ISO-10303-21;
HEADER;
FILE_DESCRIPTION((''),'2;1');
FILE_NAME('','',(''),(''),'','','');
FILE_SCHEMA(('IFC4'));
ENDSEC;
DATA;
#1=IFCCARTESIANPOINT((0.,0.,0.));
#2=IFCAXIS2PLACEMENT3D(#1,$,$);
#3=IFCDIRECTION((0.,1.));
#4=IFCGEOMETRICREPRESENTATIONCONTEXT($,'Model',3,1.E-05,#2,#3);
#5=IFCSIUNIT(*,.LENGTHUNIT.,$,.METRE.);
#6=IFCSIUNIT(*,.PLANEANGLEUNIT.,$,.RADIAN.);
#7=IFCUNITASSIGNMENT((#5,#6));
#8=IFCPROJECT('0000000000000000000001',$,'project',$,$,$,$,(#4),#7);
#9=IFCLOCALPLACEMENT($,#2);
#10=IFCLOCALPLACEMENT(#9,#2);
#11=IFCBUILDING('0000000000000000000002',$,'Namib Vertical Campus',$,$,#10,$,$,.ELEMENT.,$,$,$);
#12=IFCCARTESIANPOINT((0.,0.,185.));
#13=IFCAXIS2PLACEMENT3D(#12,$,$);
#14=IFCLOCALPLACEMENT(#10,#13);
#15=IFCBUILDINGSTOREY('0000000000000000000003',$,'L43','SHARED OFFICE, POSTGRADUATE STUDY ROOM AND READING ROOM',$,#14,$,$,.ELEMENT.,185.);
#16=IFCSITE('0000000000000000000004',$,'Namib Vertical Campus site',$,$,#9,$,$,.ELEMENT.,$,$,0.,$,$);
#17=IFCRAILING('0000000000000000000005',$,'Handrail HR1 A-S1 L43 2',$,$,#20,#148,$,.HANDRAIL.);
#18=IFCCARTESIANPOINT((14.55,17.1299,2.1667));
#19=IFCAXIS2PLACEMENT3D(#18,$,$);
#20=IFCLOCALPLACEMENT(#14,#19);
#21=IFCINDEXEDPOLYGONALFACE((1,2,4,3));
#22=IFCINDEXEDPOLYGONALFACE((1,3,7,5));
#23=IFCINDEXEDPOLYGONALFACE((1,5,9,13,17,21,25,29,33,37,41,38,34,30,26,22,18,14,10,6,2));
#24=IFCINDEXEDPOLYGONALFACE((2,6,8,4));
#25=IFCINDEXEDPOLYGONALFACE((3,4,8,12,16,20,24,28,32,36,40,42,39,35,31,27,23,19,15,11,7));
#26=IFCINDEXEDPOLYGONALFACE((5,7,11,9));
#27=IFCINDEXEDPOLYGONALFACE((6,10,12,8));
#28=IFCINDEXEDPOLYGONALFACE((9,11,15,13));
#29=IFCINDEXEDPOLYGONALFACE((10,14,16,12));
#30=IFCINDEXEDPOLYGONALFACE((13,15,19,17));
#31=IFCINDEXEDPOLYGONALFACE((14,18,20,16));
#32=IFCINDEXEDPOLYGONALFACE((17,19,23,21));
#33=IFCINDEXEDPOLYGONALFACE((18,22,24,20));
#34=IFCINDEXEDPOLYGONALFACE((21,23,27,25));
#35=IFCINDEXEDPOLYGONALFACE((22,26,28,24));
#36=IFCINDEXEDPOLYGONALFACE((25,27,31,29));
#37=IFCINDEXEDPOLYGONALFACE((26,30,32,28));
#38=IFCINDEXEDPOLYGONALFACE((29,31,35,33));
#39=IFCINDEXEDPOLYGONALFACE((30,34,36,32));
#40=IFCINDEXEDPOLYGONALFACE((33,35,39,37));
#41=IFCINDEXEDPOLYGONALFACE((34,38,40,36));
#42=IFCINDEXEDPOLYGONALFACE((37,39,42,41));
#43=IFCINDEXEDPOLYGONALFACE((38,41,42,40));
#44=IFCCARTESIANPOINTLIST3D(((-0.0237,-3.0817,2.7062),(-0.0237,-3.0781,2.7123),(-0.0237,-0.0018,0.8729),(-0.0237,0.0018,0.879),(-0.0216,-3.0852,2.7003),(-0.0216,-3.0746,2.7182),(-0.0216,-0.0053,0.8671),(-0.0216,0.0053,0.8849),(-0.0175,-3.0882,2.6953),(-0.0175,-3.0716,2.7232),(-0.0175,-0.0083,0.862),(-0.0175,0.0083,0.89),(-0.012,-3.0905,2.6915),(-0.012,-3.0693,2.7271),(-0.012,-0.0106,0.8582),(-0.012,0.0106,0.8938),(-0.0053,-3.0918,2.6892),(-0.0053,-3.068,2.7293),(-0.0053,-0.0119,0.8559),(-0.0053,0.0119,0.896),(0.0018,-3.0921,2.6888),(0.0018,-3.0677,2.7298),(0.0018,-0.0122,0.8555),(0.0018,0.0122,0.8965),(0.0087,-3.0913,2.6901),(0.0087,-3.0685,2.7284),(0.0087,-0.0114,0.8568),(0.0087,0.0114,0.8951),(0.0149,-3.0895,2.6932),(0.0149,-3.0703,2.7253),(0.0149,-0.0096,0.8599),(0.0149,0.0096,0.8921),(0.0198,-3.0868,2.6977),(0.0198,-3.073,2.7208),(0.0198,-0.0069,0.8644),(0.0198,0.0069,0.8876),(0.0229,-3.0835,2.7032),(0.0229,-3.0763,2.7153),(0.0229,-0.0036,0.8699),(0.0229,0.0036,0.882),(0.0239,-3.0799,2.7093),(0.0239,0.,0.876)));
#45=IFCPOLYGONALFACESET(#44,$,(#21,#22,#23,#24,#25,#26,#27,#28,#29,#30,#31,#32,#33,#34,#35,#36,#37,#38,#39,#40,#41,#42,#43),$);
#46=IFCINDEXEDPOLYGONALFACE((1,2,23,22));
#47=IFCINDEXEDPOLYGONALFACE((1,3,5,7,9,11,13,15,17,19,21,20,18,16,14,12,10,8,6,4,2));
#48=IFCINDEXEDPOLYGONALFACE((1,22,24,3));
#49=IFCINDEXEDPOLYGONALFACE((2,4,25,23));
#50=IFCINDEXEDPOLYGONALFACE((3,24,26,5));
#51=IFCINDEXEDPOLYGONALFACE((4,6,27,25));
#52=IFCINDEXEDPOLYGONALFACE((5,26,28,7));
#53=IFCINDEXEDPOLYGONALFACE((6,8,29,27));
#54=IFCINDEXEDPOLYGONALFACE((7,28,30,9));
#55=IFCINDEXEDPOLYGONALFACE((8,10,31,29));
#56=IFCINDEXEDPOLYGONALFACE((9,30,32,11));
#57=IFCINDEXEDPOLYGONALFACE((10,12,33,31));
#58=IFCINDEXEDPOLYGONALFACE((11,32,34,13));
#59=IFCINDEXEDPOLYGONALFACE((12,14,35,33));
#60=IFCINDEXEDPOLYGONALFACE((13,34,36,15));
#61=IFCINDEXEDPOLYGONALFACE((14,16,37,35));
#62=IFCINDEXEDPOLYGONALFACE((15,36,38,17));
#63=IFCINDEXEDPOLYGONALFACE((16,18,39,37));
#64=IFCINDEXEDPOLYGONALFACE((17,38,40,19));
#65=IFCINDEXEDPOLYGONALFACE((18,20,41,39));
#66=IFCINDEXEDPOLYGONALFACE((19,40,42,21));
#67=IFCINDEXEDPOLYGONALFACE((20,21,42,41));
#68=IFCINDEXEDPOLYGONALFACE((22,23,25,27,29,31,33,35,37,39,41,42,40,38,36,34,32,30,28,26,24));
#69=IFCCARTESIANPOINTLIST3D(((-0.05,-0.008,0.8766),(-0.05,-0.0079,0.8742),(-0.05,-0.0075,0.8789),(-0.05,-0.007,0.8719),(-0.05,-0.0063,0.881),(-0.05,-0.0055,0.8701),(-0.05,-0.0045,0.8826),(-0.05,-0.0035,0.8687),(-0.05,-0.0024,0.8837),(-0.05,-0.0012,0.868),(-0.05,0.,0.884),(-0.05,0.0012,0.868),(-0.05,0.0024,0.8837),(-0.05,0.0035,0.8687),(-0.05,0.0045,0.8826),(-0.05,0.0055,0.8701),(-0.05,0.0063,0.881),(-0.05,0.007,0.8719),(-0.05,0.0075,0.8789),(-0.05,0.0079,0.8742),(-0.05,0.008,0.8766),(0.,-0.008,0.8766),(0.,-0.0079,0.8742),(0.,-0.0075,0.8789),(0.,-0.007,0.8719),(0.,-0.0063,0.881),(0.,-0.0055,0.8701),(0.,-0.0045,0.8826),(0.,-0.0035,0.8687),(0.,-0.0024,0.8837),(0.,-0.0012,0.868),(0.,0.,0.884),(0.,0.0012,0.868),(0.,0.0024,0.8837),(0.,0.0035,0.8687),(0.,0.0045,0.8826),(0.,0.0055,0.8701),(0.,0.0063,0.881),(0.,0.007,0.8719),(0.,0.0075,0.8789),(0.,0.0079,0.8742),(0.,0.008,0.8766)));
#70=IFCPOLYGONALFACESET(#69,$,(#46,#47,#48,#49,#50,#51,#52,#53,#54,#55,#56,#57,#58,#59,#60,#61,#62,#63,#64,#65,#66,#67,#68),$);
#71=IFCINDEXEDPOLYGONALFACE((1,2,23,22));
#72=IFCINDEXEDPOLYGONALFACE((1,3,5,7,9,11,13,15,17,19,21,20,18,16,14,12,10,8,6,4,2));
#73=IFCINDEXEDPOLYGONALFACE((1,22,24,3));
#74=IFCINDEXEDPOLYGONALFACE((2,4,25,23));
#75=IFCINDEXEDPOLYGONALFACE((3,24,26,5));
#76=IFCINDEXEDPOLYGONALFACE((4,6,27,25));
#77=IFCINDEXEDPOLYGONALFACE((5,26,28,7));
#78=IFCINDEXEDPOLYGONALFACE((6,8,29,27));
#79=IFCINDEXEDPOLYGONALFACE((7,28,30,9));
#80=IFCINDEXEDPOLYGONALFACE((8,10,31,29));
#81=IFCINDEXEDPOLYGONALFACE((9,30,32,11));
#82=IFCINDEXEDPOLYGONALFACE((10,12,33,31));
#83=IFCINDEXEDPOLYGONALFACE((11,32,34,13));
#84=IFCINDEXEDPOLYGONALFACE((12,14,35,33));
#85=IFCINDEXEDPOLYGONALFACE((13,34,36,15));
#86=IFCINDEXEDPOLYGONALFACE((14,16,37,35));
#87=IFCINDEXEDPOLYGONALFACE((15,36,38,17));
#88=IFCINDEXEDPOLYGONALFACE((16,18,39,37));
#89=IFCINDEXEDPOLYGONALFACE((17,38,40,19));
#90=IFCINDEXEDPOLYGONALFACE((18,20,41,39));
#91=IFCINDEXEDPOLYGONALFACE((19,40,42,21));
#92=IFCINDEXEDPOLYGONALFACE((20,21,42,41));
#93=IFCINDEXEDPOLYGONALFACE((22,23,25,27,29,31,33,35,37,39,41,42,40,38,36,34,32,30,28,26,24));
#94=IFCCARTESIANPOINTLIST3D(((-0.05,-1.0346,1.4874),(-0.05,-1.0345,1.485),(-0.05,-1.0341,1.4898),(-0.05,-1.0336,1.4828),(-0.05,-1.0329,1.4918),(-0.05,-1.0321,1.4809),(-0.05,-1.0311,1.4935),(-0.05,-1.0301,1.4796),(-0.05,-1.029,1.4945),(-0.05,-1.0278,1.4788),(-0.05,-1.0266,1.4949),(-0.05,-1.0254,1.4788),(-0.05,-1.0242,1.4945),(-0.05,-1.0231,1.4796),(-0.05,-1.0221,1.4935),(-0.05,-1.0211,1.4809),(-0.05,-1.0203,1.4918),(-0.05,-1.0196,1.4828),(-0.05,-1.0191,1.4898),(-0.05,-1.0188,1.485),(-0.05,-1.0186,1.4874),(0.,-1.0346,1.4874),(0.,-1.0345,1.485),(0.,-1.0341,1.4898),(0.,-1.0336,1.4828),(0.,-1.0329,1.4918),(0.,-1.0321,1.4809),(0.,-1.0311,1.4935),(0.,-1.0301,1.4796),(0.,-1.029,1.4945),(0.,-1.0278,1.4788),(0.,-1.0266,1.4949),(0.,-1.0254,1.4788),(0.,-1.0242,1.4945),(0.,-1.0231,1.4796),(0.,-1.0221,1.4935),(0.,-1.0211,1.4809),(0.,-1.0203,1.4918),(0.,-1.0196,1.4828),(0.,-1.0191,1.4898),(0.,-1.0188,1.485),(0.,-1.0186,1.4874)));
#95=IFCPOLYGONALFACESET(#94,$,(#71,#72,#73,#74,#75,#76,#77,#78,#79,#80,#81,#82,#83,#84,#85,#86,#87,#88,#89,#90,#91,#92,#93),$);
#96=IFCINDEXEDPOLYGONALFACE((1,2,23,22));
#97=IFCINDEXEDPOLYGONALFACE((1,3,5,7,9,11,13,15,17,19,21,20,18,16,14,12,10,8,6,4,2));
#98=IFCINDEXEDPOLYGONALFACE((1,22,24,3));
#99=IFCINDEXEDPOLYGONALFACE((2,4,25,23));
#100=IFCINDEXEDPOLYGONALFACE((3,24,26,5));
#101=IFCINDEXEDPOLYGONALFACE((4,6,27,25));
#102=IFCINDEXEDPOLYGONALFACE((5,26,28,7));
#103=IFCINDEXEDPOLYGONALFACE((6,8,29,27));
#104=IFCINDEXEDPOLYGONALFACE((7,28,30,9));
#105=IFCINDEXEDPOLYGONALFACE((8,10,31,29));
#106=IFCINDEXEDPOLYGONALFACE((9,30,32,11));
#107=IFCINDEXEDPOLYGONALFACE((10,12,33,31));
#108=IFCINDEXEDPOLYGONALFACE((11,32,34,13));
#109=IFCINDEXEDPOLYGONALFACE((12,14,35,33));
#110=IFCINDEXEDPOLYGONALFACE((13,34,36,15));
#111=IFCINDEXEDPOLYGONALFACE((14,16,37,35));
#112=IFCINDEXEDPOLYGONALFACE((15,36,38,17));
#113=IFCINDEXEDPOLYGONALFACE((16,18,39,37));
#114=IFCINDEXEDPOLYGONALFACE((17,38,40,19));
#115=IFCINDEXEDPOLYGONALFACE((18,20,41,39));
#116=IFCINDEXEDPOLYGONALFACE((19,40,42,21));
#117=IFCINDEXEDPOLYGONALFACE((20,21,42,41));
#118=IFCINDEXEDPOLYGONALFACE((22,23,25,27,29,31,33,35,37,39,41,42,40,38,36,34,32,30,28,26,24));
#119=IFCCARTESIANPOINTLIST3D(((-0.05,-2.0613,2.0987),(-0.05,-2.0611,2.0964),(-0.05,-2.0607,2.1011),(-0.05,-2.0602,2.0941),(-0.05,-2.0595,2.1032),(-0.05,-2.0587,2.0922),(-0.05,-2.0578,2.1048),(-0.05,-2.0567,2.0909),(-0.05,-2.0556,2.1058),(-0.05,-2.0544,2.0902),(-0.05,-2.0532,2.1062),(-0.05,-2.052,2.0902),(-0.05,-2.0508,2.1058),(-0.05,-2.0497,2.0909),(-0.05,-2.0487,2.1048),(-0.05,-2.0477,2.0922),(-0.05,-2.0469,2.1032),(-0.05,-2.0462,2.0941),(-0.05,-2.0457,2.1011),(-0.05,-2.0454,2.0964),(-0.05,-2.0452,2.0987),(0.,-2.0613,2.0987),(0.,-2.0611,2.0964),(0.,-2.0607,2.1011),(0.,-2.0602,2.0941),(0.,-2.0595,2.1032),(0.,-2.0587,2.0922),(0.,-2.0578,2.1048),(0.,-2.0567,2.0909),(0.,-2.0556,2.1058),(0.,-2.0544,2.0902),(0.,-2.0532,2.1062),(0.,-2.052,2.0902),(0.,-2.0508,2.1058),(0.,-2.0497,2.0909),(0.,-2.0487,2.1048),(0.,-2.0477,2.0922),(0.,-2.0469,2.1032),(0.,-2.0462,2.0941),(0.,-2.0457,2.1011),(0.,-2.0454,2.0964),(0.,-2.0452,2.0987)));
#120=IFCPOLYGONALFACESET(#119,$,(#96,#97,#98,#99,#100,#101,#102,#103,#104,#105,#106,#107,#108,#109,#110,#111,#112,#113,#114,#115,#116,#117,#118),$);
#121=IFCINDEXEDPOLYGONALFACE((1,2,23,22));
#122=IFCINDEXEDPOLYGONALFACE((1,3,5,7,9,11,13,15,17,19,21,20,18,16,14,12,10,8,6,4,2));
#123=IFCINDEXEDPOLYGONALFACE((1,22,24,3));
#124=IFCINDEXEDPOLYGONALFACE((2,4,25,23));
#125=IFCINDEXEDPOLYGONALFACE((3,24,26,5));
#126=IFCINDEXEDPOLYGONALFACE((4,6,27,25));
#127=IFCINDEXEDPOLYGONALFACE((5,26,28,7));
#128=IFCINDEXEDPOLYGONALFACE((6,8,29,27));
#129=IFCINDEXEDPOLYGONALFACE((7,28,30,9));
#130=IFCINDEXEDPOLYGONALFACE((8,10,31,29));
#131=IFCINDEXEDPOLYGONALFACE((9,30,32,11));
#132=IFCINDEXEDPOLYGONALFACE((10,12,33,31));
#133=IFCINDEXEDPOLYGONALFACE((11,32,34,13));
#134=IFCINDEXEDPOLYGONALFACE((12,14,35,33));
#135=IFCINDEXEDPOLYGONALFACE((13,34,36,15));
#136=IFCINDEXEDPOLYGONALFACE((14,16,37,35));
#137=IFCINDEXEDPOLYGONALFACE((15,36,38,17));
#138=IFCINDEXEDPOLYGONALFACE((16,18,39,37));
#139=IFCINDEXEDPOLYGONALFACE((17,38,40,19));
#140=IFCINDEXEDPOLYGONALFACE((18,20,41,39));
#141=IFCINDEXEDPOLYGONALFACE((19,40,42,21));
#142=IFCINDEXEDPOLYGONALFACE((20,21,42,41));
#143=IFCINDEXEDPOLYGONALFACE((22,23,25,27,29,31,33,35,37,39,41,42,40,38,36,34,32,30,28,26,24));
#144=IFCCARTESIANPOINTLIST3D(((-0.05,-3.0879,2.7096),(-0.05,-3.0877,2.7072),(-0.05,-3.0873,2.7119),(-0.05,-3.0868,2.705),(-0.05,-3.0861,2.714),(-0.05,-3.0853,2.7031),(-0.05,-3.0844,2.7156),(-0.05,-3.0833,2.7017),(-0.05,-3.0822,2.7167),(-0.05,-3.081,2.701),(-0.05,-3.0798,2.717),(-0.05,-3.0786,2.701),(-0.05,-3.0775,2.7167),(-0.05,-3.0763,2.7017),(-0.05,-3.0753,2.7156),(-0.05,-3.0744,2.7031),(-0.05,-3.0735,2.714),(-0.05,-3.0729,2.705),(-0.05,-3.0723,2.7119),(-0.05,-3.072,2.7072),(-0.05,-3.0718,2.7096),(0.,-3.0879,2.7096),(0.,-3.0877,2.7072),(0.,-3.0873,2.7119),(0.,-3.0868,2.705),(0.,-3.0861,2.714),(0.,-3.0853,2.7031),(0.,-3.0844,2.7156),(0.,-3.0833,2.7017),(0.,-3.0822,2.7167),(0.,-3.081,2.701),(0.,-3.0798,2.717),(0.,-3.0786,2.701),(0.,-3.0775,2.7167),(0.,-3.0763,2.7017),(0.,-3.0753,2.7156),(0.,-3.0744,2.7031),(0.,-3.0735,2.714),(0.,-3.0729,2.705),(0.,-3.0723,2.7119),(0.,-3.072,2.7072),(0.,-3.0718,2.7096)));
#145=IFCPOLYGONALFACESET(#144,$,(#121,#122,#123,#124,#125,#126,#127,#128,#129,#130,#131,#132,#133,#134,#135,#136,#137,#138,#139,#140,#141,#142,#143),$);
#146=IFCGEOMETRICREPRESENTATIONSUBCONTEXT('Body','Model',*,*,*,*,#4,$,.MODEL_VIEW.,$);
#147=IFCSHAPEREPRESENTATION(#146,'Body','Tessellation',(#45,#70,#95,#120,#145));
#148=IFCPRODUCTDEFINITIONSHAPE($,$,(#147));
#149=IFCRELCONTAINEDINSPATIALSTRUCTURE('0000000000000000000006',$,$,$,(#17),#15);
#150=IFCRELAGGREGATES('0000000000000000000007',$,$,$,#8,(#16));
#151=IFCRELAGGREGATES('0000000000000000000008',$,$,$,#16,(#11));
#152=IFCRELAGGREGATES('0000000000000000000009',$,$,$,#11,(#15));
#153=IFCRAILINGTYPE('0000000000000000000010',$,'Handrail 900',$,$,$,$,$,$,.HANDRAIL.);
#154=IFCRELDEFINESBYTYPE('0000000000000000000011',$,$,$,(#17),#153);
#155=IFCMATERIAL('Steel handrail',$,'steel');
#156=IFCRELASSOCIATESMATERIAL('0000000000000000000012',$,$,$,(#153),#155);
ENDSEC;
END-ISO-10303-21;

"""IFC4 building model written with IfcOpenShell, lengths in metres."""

from ifc_helpers import new_model, si_unit, direction, frame, origin, origin_2d, place, context, subcontext, project, spatial, circle, extrude, material, type_object, element, save


model = new_model("IFC4")

# Units and contexts
model_context = context("Model", 3, precision=1e-05, world=origin(), true_north=direction((0.0, 1.0)))
body_context = subcontext(model_context, "Body", "Model", "MODEL_VIEW")
ifc_project = project(units=[si_unit("LENGTHUNIT", "METRE"), si_unit("PLANEANGLEUNIT", "RADIAN")], contexts=[model_context])

# Site, building, storey
site_placement = place(None, origin())
site = spatial("IfcSite", under=ifc_project, at=site_placement, Name="Namib Vertical Campus site", CompositionType="ELEMENT", RefElevation=0.0)
building_placement = place(site_placement, origin())
building = spatial("IfcBuilding", under=site, at=building_placement, Name="Namib Vertical Campus", CompositionType="ELEMENT")
storey_placement = place(building_placement, frame((0.0, 0.0, 185.0)))
storey = spatial("IfcBuildingStorey", under=building, at=storey_placement, Name="L43", Description="SHARED OFFICE, POSTGRADUATE STUDY ROOM AND READING ROOM", CompositionType="ELEMENT", Elevation=185.0)

# Railing
ifc_material_1 = material(Name="Steel handrail", Category="steel")
railing_type = type_object("IfcRailingType", Name="Handrail 900", PredefinedType="HANDRAIL", material=ifc_material_1)
railing_1_placement = place(storey_placement, frame((14.55, 17.1299, 2.1667)))
element("IfcRailing", 1, at=railing_1_placement, inside=storey, type_object=railing_type, Name="Handrail HR1 A-S1 L43 2", PredefinedType="HANDRAIL", context=body_context, shape_type="SweptSolid", body=[
    extrude(circle(Radius=0.0239, at=origin_2d()), frame((0.0, 0.0, 0.876), z_axis=(0.0, -0.859291, 0.511487), x_axis=(1.0, 0.0, 0.0)), (0.0, 0.0, 1.0), 3.5842),
    extrude(circle(Radius=0.0081, at=origin_2d()), frame((0.0, 0.0, 0.876), z_axis=(-1.0, 0.0, 0.0), x_axis=(0.0, 0.0, 1.0)), (0.0, 0.0, 1.0), 0.05),
    extrude(circle(Radius=0.0081, at=origin_2d()), frame((0.0, -1.0266, 1.4868), z_axis=(-1.0, 0.0, 0.0), x_axis=(0.0, 0.0, 1.0)), (0.0, 0.0, 1.0), 0.05),
    extrude(circle(Radius=0.0081, at=origin_2d()), frame((0.0, -2.0532, 2.0981), z_axis=(-1.0, 0.0, 0.0), x_axis=(0.0, 0.0, 1.0)), (0.0, 0.0, 1.0), 0.05),
    extrude(circle(Radius=0.0081, at=origin_2d()), frame((0.0, -3.0798, 2.709), z_axis=(-1.0, 0.0, 0.0), x_axis=(0.0, 0.0, 1.0)), (0.0, 0.0, 1.0), 0.05),
])

save(model, "model.ifc")
